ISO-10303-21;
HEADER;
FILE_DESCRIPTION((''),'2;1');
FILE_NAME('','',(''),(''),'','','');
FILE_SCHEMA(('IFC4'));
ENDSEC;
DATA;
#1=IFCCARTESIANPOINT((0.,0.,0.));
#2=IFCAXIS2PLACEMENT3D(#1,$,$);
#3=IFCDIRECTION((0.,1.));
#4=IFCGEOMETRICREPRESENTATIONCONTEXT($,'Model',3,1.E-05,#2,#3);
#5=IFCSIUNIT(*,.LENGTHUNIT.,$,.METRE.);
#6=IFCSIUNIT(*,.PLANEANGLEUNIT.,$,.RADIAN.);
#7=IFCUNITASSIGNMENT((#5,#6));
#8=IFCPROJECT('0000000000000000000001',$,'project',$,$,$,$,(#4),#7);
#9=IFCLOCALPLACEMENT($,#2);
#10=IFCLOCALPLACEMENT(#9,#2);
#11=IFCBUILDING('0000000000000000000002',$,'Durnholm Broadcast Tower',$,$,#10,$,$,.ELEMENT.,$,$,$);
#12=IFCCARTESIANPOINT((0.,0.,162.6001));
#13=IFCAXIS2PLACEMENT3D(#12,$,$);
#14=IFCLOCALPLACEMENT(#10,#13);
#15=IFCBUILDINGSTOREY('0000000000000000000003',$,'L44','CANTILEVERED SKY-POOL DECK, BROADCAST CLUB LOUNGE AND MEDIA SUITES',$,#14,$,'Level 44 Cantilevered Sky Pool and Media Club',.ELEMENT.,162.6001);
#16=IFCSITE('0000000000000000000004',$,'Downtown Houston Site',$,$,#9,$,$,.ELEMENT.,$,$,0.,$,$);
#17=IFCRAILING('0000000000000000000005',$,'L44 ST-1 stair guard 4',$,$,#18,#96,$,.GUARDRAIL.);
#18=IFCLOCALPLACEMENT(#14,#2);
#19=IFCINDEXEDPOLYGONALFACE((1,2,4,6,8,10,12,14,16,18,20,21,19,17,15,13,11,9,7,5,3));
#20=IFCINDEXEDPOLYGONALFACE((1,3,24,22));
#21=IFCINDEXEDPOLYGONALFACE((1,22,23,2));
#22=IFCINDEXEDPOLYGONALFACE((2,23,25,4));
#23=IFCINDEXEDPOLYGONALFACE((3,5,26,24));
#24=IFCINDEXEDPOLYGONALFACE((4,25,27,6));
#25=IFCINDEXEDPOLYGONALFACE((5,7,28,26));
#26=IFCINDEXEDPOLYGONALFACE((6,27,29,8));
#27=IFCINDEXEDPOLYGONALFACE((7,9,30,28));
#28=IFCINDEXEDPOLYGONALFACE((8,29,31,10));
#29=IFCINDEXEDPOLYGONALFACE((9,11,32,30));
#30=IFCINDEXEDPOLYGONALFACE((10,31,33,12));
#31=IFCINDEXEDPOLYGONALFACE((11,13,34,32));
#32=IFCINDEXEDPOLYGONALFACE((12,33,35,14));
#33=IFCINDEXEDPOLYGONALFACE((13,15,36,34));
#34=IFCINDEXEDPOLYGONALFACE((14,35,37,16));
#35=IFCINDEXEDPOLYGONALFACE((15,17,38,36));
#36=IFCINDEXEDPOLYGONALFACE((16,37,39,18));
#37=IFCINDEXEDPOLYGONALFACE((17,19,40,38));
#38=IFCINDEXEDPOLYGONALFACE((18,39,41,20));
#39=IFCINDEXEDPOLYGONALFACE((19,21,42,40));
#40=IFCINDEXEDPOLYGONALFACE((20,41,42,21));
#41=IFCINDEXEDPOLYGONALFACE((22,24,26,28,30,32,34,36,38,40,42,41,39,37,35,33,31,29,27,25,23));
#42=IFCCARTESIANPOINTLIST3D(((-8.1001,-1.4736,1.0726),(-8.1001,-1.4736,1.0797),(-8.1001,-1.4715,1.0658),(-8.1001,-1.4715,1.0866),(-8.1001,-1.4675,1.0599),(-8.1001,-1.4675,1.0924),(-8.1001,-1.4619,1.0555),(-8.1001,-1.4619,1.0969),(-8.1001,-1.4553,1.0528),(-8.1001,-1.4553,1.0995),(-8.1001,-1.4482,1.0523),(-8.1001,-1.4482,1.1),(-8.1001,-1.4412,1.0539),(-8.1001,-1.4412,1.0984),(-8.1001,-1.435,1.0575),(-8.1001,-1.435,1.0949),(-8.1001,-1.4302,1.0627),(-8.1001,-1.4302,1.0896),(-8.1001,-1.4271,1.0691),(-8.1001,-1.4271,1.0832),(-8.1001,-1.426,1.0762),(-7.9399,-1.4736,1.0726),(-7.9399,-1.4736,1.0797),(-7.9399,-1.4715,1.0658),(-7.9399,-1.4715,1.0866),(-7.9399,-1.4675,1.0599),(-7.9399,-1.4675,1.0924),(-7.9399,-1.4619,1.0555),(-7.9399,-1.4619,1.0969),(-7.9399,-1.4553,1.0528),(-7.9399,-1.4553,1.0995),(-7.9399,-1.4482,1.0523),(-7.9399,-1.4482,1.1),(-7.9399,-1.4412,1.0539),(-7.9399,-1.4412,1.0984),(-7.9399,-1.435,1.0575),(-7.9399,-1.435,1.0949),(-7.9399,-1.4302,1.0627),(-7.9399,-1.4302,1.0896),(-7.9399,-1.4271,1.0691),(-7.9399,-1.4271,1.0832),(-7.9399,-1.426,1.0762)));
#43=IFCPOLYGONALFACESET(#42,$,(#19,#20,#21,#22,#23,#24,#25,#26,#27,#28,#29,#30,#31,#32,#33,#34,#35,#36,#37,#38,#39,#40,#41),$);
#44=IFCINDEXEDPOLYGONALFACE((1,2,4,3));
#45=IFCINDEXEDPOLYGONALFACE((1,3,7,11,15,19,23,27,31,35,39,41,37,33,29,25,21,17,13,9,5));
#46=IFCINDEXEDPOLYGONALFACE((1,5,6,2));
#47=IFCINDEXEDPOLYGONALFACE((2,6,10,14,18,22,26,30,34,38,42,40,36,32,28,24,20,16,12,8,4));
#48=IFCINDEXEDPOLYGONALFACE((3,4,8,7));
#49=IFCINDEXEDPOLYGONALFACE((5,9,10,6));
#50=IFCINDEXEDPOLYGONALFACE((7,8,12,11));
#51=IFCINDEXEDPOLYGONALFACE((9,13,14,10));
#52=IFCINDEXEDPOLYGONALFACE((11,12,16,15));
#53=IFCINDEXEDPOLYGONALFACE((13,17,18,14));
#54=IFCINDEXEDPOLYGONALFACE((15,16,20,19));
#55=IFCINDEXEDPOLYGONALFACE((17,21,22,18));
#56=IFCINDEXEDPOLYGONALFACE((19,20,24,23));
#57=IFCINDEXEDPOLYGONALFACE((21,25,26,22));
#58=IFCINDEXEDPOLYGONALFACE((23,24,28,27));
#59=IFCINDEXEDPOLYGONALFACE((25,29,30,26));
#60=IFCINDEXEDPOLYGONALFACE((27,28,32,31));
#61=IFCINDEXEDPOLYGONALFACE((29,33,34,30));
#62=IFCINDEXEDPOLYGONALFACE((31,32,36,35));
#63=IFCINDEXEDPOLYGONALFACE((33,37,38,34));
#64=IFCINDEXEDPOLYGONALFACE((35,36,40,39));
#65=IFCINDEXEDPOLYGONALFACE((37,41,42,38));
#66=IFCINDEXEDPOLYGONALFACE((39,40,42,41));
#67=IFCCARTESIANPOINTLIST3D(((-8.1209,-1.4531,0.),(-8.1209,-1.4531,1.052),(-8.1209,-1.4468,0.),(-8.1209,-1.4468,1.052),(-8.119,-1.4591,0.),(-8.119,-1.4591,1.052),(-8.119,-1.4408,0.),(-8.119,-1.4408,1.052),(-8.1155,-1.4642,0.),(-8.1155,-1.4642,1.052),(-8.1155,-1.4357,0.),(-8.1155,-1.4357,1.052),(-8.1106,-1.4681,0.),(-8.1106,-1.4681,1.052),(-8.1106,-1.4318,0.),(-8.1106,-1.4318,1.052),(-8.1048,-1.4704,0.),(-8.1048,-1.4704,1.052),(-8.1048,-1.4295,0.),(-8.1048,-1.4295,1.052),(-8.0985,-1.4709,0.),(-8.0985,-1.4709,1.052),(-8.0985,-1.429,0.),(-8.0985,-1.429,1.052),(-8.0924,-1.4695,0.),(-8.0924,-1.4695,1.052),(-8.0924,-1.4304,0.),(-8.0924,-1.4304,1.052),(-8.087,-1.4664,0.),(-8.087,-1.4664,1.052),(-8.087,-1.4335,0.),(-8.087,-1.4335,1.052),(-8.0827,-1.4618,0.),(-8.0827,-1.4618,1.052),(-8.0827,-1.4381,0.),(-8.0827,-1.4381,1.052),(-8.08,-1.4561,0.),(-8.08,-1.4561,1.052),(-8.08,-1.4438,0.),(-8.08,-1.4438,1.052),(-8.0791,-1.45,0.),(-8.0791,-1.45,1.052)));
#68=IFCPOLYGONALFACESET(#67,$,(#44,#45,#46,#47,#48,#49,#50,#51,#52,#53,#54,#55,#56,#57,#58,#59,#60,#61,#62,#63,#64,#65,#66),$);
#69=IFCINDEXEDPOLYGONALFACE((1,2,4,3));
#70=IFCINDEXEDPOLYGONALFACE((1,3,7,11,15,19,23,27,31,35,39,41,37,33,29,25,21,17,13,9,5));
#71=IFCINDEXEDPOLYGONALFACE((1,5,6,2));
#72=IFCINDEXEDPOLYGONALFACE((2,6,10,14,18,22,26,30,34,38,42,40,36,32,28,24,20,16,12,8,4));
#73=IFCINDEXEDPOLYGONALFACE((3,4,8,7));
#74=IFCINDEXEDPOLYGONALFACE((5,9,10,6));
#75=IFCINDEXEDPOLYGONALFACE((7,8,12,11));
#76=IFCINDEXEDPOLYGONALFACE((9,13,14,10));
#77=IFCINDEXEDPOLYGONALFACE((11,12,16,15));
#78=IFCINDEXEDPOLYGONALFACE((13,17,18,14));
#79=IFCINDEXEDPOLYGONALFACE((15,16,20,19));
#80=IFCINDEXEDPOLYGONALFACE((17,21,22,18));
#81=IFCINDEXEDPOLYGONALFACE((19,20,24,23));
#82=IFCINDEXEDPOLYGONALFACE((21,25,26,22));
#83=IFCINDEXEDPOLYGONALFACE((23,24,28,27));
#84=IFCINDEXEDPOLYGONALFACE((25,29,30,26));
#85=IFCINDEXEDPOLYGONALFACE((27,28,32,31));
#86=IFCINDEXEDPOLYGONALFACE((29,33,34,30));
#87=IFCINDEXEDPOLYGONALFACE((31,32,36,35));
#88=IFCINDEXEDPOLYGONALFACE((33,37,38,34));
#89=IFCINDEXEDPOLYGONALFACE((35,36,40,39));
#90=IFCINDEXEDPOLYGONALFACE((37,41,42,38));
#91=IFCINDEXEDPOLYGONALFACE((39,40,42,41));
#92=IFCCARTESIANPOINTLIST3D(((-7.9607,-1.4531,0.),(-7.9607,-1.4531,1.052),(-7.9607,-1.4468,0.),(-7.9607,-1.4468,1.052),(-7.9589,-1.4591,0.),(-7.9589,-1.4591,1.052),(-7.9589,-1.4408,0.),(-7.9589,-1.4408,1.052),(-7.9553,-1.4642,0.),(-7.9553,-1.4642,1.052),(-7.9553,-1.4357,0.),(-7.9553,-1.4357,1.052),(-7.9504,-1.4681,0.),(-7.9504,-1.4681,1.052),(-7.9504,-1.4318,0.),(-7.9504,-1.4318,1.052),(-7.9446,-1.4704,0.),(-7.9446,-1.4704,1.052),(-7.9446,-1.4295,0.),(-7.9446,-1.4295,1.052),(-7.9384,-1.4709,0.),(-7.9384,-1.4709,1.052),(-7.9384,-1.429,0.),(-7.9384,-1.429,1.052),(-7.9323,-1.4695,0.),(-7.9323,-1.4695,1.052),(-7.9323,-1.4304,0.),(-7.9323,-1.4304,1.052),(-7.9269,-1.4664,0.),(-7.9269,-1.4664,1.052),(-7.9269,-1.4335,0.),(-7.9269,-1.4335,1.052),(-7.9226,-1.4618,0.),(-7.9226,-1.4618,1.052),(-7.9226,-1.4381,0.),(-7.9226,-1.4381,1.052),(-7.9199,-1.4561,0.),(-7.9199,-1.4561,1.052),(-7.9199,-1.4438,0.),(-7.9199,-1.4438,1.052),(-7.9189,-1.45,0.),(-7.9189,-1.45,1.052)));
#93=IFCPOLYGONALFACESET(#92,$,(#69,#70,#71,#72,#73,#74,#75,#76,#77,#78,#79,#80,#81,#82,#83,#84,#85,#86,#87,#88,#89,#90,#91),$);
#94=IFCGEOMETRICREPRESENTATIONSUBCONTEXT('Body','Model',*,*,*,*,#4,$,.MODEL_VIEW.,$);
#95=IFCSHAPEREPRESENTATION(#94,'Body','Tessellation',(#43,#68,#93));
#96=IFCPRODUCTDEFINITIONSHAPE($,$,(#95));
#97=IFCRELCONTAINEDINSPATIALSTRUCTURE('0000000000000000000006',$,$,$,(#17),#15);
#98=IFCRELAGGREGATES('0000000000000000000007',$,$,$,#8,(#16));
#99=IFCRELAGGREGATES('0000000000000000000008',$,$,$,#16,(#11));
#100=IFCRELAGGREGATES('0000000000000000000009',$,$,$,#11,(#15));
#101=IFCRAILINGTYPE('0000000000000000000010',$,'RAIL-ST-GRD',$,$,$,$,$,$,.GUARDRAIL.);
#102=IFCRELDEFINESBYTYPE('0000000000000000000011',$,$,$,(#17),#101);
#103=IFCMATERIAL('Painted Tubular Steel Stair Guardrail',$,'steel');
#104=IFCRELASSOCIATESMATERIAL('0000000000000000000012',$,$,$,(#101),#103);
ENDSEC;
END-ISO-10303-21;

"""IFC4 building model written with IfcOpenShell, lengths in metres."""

from ifc_helpers import new_model, si_unit, direction, frame, origin, origin_2d, place, context, subcontext, project, spatial, circle, extrude, material, type_object, element, save


model = new_model("IFC4")

# Units and contexts
model_context = context("Model", 3, precision=1e-05, world=origin(), true_north=direction((0.0, 1.0)))
body_context = subcontext(model_context, "Body", "Model", "MODEL_VIEW")
ifc_project = project(units=[si_unit("LENGTHUNIT", "METRE"), si_unit("PLANEANGLEUNIT", "RADIAN")], contexts=[model_context])

# Site, building, storey
site_placement = place(None, origin())
site = spatial("IfcSite", under=ifc_project, at=site_placement, Name="Downtown Houston Site", CompositionType="ELEMENT", RefElevation=0.0)
building_placement = place(site_placement, origin())
building = spatial("IfcBuilding", under=site, at=building_placement, Name="Durnholm Broadcast Tower", CompositionType="ELEMENT")
storey_placement = place(building_placement, frame((0.0, 0.0, 162.6001)))
storey = spatial("IfcBuildingStorey", under=building, at=storey_placement, Name="L44", Description="CANTILEVERED SKY-POOL DECK, BROADCAST CLUB LOUNGE AND MEDIA SUITES", LongName="Level 44 Cantilevered Sky Pool and Media Club", CompositionType="ELEMENT", Elevation=162.6001)

# Railing
ifc_material_1 = material(Name="Painted Tubular Steel Stair Guardrail", Category="steel")
railing_type_1 = type_object("IfcRailingType", Name="RAIL-ST-GRD", PredefinedType="GUARDRAIL", material=ifc_material_1)
railing_1_placement = place(storey_placement, frame((-8.1001, -1.45, 0.0)))
element("IfcRailing", 1, at=railing_1_placement, inside=storey, type_object=railing_type_1, Name="L44 ST-1 stair guard 4", PredefinedType="GUARDRAIL", context=body_context, shape_type="SweptSolid", body=[
    extrude(circle(Radius=0.0239, at=origin_2d()), frame((0.0, 0.0, 1.0762), z_axis=(1.0, 0.0, 0.0), x_axis=(0.0, 1.0, 0.0)), (0.0, 0.0, 1.0), 0.1602),
    extrude(circle(Radius=0.021, at=origin_2d()), origin(), (0.0, 0.0, 1.0), 1.052),
    extrude(circle(Radius=0.021, at=origin_2d()), frame((0.1602, 0.0, 0.0)), (0.0, 0.0, 1.0), 1.052),
])

save(model, "model.ifc")
